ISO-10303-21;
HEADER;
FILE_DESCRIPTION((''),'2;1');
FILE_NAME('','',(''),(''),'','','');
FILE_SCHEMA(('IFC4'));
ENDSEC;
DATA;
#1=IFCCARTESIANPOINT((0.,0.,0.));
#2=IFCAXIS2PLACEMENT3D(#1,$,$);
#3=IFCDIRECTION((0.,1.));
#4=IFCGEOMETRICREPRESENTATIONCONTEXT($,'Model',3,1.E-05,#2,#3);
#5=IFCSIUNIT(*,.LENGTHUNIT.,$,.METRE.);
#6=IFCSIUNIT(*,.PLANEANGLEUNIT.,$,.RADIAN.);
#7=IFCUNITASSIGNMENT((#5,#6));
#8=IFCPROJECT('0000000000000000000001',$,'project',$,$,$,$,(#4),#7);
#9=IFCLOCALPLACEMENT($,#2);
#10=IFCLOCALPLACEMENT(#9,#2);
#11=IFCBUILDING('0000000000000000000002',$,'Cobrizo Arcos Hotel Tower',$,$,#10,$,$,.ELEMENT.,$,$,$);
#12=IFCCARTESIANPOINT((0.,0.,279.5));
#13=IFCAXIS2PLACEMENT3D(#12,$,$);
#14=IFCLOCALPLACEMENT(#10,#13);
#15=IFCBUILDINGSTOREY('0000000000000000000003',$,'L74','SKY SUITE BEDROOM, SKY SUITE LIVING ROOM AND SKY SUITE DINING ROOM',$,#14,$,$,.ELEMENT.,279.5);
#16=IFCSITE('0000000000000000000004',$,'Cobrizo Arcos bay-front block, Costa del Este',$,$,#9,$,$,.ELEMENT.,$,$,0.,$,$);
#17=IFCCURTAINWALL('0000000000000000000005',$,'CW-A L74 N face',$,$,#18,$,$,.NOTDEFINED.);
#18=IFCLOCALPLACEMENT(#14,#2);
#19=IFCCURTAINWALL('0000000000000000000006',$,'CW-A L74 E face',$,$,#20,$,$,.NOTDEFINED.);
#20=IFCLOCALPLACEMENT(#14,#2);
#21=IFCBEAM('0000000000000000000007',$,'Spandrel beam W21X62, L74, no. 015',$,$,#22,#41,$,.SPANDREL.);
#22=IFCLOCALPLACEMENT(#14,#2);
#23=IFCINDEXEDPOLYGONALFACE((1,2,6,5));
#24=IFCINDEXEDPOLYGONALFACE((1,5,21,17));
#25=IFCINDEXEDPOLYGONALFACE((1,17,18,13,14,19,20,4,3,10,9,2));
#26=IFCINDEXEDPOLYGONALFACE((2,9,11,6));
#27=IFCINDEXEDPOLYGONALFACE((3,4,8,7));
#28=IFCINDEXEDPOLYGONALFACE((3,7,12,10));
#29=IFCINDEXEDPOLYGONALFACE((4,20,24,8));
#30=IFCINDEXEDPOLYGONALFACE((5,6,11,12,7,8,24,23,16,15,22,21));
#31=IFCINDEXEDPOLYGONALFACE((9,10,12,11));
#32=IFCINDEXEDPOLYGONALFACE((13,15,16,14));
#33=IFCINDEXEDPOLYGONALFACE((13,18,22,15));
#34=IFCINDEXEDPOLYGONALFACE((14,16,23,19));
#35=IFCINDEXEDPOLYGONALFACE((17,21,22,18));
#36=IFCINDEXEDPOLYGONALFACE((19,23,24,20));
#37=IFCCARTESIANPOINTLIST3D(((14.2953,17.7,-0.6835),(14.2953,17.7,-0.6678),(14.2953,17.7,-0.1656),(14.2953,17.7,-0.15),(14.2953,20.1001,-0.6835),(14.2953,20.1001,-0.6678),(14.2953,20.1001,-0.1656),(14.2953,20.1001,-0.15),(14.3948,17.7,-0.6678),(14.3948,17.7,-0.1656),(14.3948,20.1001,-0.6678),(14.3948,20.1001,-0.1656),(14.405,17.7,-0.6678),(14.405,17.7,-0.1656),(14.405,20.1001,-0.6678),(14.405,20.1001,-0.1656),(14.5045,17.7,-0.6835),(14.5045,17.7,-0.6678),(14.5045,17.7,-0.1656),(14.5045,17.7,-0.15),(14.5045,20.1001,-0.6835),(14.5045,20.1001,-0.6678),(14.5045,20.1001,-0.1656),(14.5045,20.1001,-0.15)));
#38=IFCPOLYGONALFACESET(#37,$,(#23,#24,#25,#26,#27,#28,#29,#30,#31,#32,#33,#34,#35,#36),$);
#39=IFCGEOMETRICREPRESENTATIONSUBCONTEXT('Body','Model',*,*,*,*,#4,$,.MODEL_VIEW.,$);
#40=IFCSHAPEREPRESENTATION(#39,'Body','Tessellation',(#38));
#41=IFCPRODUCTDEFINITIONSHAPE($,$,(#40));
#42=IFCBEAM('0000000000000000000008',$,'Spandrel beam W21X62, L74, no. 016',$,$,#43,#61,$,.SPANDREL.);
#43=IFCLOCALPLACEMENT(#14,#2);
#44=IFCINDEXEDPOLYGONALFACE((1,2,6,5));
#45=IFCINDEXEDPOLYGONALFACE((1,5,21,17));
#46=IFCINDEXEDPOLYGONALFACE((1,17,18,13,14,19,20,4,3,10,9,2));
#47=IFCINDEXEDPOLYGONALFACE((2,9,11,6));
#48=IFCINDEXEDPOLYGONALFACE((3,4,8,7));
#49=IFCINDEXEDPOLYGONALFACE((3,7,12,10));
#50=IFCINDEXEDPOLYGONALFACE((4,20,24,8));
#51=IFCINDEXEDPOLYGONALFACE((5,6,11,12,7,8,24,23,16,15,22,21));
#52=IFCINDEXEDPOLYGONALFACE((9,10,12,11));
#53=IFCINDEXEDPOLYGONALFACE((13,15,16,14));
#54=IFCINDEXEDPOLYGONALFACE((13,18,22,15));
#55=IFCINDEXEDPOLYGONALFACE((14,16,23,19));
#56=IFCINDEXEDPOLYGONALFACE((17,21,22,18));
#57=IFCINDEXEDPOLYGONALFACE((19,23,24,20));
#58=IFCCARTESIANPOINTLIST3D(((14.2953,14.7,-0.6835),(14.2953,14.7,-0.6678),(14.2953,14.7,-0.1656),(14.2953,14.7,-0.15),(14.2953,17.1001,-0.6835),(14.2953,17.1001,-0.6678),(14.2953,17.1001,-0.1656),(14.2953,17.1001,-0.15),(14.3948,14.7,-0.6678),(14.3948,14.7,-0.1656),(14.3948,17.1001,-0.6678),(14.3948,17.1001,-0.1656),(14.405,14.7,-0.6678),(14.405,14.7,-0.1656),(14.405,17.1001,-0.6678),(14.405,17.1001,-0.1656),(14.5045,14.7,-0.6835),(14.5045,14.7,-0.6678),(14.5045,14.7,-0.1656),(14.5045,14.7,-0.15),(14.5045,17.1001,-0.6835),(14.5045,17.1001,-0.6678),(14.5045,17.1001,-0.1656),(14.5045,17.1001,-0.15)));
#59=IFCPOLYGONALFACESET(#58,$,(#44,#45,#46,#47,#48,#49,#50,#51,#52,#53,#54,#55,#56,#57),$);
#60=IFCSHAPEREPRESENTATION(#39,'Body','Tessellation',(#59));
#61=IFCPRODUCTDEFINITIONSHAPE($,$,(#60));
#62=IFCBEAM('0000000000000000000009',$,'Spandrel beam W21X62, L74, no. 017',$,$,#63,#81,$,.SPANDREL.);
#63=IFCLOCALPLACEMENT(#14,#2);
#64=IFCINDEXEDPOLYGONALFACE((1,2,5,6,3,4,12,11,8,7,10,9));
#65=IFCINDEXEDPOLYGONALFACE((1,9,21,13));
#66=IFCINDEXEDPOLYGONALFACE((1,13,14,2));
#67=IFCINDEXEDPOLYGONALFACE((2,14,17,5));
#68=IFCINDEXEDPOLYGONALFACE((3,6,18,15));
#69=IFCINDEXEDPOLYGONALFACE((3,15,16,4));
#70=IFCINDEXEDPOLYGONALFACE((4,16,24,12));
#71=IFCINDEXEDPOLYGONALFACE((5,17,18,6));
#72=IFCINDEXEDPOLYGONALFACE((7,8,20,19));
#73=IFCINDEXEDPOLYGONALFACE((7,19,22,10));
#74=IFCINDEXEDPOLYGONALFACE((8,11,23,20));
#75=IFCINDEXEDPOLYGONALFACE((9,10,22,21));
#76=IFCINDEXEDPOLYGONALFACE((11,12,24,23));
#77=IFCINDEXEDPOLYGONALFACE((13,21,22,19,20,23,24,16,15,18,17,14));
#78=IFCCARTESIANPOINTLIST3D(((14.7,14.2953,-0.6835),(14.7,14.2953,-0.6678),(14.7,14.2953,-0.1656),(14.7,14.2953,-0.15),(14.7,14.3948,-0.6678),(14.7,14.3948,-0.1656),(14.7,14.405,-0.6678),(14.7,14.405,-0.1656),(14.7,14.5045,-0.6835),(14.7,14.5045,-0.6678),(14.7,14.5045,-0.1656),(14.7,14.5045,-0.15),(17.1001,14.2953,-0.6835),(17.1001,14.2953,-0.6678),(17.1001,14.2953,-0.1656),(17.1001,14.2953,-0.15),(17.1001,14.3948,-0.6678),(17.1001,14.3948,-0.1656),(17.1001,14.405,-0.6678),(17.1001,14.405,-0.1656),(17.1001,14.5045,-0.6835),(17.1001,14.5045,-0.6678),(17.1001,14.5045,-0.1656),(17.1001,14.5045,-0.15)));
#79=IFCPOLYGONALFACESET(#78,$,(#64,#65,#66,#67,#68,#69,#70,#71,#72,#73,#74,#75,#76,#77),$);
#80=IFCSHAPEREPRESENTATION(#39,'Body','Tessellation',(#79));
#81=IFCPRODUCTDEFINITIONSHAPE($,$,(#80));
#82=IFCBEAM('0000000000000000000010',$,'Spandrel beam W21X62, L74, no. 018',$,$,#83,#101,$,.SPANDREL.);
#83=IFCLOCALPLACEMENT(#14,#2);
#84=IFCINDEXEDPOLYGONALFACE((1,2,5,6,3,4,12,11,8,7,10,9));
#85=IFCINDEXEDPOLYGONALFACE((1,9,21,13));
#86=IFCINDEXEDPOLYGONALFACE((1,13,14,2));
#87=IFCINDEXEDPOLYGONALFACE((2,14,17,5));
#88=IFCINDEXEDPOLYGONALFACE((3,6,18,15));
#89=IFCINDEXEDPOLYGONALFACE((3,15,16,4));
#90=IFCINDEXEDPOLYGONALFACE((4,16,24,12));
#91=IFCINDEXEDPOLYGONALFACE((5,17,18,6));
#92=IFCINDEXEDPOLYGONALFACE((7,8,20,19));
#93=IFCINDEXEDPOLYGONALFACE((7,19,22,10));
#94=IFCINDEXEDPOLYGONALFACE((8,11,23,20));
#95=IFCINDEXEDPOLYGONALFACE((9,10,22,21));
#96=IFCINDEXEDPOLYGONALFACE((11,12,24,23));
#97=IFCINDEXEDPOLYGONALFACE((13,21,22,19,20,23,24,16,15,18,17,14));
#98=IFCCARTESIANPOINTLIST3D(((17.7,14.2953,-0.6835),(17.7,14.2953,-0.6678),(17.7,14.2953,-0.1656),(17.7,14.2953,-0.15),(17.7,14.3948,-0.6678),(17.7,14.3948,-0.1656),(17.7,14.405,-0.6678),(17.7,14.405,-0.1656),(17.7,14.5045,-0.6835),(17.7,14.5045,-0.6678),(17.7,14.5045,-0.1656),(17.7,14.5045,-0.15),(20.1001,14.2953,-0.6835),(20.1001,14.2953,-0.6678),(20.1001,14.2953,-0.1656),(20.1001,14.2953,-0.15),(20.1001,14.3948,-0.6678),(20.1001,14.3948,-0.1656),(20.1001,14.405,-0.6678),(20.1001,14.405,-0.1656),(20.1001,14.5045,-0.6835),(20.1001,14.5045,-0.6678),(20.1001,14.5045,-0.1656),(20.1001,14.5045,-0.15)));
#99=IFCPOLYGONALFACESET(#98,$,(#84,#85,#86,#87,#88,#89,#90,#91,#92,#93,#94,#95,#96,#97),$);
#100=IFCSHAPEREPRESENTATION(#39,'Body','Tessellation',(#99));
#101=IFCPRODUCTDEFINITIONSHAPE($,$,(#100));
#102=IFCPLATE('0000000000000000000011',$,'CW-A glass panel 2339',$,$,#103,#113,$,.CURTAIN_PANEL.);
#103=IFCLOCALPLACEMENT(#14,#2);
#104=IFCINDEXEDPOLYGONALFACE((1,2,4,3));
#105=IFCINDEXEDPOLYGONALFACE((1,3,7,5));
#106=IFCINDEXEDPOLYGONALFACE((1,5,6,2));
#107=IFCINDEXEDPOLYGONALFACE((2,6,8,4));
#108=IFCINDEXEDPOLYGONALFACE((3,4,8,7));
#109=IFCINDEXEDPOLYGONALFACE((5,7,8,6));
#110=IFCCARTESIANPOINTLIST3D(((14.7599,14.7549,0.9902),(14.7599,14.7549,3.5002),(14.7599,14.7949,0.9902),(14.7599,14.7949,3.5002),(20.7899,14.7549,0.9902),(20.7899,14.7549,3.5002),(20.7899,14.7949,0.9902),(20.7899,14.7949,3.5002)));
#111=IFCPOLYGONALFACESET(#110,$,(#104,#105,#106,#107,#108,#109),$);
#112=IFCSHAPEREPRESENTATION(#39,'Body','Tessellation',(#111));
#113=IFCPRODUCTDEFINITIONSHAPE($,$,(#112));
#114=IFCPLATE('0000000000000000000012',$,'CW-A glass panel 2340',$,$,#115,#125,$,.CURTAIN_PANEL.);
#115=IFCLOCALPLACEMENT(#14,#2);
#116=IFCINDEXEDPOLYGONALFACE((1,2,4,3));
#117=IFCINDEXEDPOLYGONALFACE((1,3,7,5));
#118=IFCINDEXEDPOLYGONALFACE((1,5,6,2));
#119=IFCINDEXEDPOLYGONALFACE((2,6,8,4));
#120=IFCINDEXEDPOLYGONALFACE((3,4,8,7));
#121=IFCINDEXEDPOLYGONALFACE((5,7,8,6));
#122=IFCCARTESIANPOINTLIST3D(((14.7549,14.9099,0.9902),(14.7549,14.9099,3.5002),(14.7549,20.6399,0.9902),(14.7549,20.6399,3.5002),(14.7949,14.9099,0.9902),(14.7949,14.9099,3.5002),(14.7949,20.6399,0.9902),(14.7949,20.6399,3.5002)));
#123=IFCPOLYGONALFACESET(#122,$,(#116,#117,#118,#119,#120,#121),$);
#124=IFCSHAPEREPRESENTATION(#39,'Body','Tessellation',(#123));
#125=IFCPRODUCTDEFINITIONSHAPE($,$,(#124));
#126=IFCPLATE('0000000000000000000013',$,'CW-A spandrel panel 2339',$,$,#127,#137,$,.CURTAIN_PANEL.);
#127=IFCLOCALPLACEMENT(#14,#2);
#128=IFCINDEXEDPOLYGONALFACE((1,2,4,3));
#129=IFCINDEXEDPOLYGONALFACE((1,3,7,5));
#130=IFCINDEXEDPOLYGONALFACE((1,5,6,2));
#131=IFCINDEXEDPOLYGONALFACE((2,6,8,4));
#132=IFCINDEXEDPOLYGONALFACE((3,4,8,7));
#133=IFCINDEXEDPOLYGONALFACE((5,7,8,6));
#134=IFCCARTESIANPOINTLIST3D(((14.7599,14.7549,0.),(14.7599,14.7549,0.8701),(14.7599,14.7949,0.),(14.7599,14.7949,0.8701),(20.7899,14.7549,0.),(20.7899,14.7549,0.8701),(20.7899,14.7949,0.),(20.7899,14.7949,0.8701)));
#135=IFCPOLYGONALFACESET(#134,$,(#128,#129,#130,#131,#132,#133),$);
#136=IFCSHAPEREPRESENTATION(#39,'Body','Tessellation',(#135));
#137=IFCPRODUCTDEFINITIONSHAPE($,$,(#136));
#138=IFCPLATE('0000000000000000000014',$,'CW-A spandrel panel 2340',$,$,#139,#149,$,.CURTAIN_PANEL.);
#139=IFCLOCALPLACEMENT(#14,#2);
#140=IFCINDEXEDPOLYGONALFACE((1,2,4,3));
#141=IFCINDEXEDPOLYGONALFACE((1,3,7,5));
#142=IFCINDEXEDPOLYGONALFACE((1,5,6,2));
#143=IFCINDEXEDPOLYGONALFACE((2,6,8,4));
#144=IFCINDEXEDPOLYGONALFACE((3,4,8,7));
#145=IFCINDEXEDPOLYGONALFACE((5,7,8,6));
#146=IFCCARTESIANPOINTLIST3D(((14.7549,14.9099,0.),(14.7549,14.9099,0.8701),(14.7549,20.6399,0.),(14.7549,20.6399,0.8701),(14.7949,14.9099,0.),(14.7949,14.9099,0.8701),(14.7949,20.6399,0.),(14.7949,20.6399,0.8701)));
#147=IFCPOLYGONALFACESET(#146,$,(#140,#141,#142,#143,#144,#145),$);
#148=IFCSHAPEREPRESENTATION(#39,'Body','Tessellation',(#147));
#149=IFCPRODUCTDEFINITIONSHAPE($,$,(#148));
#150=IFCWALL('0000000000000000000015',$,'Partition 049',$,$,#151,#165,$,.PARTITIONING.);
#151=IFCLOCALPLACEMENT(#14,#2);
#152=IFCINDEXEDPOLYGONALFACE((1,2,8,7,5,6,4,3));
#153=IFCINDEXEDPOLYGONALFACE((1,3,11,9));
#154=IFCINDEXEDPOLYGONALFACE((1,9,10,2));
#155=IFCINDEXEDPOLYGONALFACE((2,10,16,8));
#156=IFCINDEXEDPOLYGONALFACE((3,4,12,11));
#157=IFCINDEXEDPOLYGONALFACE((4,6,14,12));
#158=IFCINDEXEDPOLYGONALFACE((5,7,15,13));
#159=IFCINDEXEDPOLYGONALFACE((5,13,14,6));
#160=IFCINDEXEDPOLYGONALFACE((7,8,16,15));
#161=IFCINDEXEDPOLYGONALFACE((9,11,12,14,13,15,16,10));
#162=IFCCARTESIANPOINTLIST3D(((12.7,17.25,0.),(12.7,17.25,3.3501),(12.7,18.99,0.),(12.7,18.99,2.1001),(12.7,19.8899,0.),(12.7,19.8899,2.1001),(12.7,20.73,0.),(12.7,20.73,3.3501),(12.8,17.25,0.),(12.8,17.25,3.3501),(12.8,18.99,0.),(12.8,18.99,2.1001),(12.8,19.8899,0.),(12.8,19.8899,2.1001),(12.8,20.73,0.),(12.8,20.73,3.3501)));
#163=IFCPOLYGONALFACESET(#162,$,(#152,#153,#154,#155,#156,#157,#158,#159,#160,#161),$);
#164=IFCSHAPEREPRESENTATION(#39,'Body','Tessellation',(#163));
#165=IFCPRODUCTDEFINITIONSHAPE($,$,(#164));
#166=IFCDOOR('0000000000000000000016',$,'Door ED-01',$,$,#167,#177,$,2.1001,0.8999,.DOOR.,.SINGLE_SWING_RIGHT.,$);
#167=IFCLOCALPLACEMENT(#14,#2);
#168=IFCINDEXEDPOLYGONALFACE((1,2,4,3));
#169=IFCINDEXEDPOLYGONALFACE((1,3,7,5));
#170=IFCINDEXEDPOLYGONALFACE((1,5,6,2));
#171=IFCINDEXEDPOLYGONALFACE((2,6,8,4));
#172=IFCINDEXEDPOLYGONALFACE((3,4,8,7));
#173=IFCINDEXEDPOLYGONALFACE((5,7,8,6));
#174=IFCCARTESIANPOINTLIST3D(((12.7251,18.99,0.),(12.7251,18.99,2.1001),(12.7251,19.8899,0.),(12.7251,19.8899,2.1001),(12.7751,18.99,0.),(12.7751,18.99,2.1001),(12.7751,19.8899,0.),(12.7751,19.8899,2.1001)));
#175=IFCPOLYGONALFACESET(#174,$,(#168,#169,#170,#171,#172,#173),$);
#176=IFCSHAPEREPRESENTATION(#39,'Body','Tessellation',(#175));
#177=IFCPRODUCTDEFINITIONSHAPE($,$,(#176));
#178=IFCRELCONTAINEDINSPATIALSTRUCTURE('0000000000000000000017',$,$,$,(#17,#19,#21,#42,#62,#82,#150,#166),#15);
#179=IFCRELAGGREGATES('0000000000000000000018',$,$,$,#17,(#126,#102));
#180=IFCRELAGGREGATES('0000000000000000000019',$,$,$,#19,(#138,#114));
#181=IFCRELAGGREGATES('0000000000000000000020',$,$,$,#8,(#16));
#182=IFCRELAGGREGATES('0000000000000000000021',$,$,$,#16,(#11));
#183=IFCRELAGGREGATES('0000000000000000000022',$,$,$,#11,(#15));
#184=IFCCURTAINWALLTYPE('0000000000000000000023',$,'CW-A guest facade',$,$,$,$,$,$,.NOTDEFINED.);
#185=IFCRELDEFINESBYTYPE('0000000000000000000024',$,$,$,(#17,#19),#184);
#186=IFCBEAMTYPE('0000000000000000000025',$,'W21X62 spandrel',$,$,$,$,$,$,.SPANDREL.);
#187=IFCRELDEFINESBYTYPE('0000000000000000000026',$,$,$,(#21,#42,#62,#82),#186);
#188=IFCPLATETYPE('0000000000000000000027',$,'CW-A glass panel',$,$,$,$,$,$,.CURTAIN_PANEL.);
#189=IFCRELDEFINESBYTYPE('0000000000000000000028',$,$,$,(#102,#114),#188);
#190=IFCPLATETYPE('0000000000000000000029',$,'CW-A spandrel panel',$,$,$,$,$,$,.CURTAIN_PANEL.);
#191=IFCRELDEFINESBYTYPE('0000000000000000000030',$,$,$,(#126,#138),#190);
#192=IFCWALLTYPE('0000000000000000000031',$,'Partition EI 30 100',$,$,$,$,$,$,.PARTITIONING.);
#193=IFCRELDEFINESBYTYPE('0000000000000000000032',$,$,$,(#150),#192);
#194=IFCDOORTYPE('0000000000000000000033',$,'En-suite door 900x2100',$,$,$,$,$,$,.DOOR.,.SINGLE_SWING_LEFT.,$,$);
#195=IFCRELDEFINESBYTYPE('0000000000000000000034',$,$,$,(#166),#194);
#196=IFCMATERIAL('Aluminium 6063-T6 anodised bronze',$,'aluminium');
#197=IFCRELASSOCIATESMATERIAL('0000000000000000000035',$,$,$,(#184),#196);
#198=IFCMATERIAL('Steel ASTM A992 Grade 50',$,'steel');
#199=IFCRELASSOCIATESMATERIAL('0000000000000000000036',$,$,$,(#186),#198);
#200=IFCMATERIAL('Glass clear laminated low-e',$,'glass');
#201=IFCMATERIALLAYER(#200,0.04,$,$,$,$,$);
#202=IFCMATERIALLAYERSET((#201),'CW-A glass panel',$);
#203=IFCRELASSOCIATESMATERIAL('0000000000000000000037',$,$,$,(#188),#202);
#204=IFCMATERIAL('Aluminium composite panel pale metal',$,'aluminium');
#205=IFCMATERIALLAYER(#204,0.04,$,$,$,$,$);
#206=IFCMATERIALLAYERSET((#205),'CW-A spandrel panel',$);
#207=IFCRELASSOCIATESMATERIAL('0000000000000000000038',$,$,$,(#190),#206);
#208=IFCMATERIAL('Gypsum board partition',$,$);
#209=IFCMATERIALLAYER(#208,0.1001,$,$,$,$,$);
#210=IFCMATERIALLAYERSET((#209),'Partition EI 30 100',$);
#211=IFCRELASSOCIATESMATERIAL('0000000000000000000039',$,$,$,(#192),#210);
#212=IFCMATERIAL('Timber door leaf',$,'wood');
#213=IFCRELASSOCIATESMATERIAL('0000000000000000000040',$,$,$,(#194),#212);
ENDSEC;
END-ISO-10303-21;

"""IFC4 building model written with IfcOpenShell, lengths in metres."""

from ifc_helpers import new_model, si_unit, direction, frame, frame_2d, origin, origin_2d, place, context, subcontext, project, spatial, rectangle, i_section, extrude, material, layer, layer_set, material_profile, profile_set, type_object, element, fill, aggregate, save


model = new_model("IFC4")

# Units and contexts
model_context = context("Model", 3, precision=1e-05, world=origin(), true_north=direction((0.0, 1.0)))
body_context = subcontext(model_context, "Body", "Model", "MODEL_VIEW")
ifc_project = project(units=[si_unit("LENGTHUNIT", "METRE"), si_unit("PLANEANGLEUNIT", "RADIAN")], contexts=[model_context])

# Site, building, storey
site_placement = place(None, origin())
site = spatial("IfcSite", under=ifc_project, at=site_placement, Name="Cobrizo Arcos bay-front block, Costa del Este", CompositionType="ELEMENT", RefElevation=0.0)
building_placement = place(site_placement, origin())
building = spatial("IfcBuilding", under=site, at=building_placement, Name="Cobrizo Arcos Hotel Tower", CompositionType="ELEMENT")
storey_placement = place(building_placement, frame((0.0, 0.0, 279.5)))
storey = spatial("IfcBuildingStorey", under=building, at=storey_placement, Name="L74", Description="SKY SUITE BEDROOM, SKY SUITE LIVING ROOM AND SKY SUITE DINING ROOM", CompositionType="ELEMENT", Elevation=279.5)

# Shared definitions
ifc_material_1 = material(Name="Aluminium 6063-T6 anodised bronze", Category="aluminium")
curtain_wall_type = type_object("IfcCurtainWallType", Name="CW-A guest facade", PredefinedType="NOTDEFINED", material=ifc_material_1)

# Curtain walls
curtain_wall_1_placement = place(storey_placement, origin())
curtain_wall_1 = element("IfcCurtainWall", 1, at=curtain_wall_1_placement, inside=storey, type_object=curtain_wall_type, Name="CW-A L74 N face", PredefinedType="NOTDEFINED")
curtain_wall_2_placement = place(storey_placement, origin())
curtain_wall_2 = element("IfcCurtainWall", 2, at=curtain_wall_2_placement, inside=storey, type_object=curtain_wall_type, Name="CW-A L74 E face", PredefinedType="NOTDEFINED")

# Beams
ifc_material_2 = material(Name="Steel ASTM A992 Grade 50", Category="steel")
ifc_material_profile_1 = material_profile(ifc_material_2, i_section(OverallWidth=0.2092, OverallDepth=0.5334, WebThickness=0.0103, FlangeThickness=0.0156, at=origin_2d()), Name="W21X62")
ifc_profile_set_1 = profile_set([ifc_material_profile_1], Name="Steel ASTM A992 Grade 50")
beam_type = type_object("IfcBeamType", Name="W21X62 spandrel", PredefinedType="SPANDREL", material=ifc_profile_set_1)
for number, where, z_axis, x_axis, name in (
    (3, (14.3999, 20.1001, -0.4167), (0.0, -1.0, 0.0), (1.0, 0.0, 0.0), "Spandrel beam W21X62, L74, no. 015"),
    (4, (14.3999, 17.1001, -0.4167), (0.0, -1.0, 0.0), (1.0, 0.0, 0.0), "Spandrel beam W21X62, L74, no. 016"),
    (5, (14.7, 14.3999, -0.4167), (1.0, 0.0, 0.0), (0.0, 1.0, 0.0), "Spandrel beam W21X62, L74, no. 017"),
    (6, (17.7, 14.3999, -0.4167), (1.0, 0.0, 0.0), (0.0, 1.0, 0.0), "Spandrel beam W21X62, L74, no. 018"),
):
    element("IfcBeam", number, at=place(storey_placement, frame(where, z_axis=z_axis, x_axis=x_axis)), inside=storey, type_object=beam_type, Name=name, PredefinedType="SPANDREL", context=body_context, shape_type="SweptSolid", body=[
        extrude(i_section(OverallWidth=0.2092, OverallDepth=0.5334, WebThickness=0.0103, FlangeThickness=0.0156, at=origin_2d()), origin(), (0.0, 0.0, 1.0), 2.4001),
    ])

# Plates
ifc_material_3 = material(Name="Glass clear laminated low-e", Category="glass")
ifc_layer_1 = layer(ifc_material_3, 0.04)
ifc_layer_set_1 = layer_set([ifc_layer_1], Name="CW-A glass panel")
plate_type_1 = type_object("IfcPlateType", Name="CW-A glass panel", PredefinedType="CURTAIN_PANEL", material=ifc_layer_set_1)
plate_1_placement = place(storey_placement, frame((17.7749, 14.7749, 0.9902), z_axis=(0.0, 0.0, 1.0), x_axis=(-1.0, 0.0, 0.0)))
plate_1 = element("IfcPlate", 7, at=plate_1_placement, type_object=plate_type_1, Name="CW-A glass panel 2339", PredefinedType="CURTAIN_PANEL", context=body_context, shape_type="SweptSolid", body=[
    extrude(rectangle(XDim=6.03, YDim=0.04, at=origin_2d()), origin(), (0.0, 0.0, 1.0), 2.51),
])
plate_2_placement = place(storey_placement, frame((14.7749, 17.7749, 0.9902), z_axis=(0.0, 0.0, 1.0), x_axis=(0.0, 1.0, 0.0)))
plate_2 = element("IfcPlate", 8, at=plate_2_placement, type_object=plate_type_1, Name="CW-A glass panel 2340", PredefinedType="CURTAIN_PANEL", context=body_context, shape_type="SweptSolid", body=[
    extrude(rectangle(XDim=5.73, YDim=0.04, at=origin_2d()), origin(), (0.0, 0.0, 1.0), 2.51),
])
ifc_material_4 = material(Name="Aluminium composite panel pale metal", Category="aluminium")
ifc_layer_2 = layer(ifc_material_4, 0.04)
ifc_layer_set_2 = layer_set([ifc_layer_2], Name="CW-A spandrel panel")
plate_type_2 = type_object("IfcPlateType", Name="CW-A spandrel panel", PredefinedType="CURTAIN_PANEL", material=ifc_layer_set_2)
plate_3_placement = place(storey_placement, frame((17.7749, 14.7749, 0.0), z_axis=(0.0, 0.0, 1.0), x_axis=(-1.0, 0.0, 0.0)))
plate_3 = element("IfcPlate", 9, at=plate_3_placement, type_object=plate_type_2, Name="CW-A spandrel panel 2339", PredefinedType="CURTAIN_PANEL", context=body_context, shape_type="SweptSolid", body=[
    extrude(rectangle(XDim=6.03, YDim=0.04, at=origin_2d()), origin(), (0.0, 0.0, 1.0), 0.8701),
])
aggregate(curtain_wall_1, [plate_3, plate_1])
plate_4_placement = place(storey_placement, frame((14.7749, 17.7749, 0.0), z_axis=(0.0, 0.0, 1.0), x_axis=(0.0, 1.0, 0.0)))
plate_4 = element("IfcPlate", 10, at=plate_4_placement, type_object=plate_type_2, Name="CW-A spandrel panel 2340", PredefinedType="CURTAIN_PANEL", context=body_context, shape_type="SweptSolid", body=[
    extrude(rectangle(XDim=5.73, YDim=0.04, at=origin_2d()), origin(), (0.0, 0.0, 1.0), 0.8701),
])
aggregate(curtain_wall_2, [plate_4, plate_2])

# Wall, opening, door
ifc_material_5 = material(Name="Gypsum board partition")
ifc_layer_3 = layer(ifc_material_5, 0.1001)
ifc_layer_set_3 = layer_set([ifc_layer_3], Name="Partition EI 30 100")
wall_type = type_object("IfcWallType", Name="Partition EI 30 100", PredefinedType="PARTITIONING", material=ifc_layer_set_3)
wall_placement = place(storey_placement, frame((12.75, 17.25, 0.0), z_axis=(0.0, 0.0, 1.0), x_axis=(0.0, 1.0, 0.0)))
wall = element("IfcWall", 11, at=wall_placement, inside=storey, type_object=wall_type, Name="Partition 049", PredefinedType="PARTITIONING", context=body_context, shape_type="SweptSolid", body=[
    extrude(rectangle(XDim=3.48, YDim=0.1001, at=frame_2d((1.74, 0.0))), origin(), (0.0, 0.0, 1.0), 3.3501),
])
opening_placement = place(wall_placement, frame((1.74, 0.0, 0.0)))
opening = element("IfcOpeningElement", 12, at=opening_placement, cuts=wall, PredefinedType="OPENING", context=body_context, shape_type="SweptSolid", body=[
    extrude(rectangle(XDim=0.8999, YDim=2.1001, at=frame_2d((0.45, 1.05))), frame((0.0, 0.062, 0.0), z_axis=(0.0, -1.0, 0.0), x_axis=(1.0, 0.0, 0.0)), (0.0, 0.0, 1.0), 0.124),
])
ifc_material_6 = material(Name="Timber door leaf", Category="wood")
door_type = type_object("IfcDoorType", Name="En-suite door 900x2100", OperationType="SINGLE_SWING_LEFT", PredefinedType="DOOR", material=ifc_material_6)
door_placement = place(opening_placement, origin())
door = element("IfcDoor", 13, at=door_placement, inside=storey, type_object=door_type, Name="Door ED-01", OperationType="SINGLE_SWING_RIGHT", OverallHeight=2.1001, OverallWidth=0.8999, PredefinedType="DOOR", context=body_context, shape_type="SweptSolid", body=[
    extrude(rectangle(XDim=0.8999, YDim=2.1001, at=frame_2d((0.45, 1.05))), frame((0.0, 0.0249, 0.0), z_axis=(0.0, -1.0, 0.0), x_axis=(1.0, 0.0, 0.0)), (0.0, 0.0, 1.0), 0.05),
])
fill(opening, door)

save(model, "model.ifc")
